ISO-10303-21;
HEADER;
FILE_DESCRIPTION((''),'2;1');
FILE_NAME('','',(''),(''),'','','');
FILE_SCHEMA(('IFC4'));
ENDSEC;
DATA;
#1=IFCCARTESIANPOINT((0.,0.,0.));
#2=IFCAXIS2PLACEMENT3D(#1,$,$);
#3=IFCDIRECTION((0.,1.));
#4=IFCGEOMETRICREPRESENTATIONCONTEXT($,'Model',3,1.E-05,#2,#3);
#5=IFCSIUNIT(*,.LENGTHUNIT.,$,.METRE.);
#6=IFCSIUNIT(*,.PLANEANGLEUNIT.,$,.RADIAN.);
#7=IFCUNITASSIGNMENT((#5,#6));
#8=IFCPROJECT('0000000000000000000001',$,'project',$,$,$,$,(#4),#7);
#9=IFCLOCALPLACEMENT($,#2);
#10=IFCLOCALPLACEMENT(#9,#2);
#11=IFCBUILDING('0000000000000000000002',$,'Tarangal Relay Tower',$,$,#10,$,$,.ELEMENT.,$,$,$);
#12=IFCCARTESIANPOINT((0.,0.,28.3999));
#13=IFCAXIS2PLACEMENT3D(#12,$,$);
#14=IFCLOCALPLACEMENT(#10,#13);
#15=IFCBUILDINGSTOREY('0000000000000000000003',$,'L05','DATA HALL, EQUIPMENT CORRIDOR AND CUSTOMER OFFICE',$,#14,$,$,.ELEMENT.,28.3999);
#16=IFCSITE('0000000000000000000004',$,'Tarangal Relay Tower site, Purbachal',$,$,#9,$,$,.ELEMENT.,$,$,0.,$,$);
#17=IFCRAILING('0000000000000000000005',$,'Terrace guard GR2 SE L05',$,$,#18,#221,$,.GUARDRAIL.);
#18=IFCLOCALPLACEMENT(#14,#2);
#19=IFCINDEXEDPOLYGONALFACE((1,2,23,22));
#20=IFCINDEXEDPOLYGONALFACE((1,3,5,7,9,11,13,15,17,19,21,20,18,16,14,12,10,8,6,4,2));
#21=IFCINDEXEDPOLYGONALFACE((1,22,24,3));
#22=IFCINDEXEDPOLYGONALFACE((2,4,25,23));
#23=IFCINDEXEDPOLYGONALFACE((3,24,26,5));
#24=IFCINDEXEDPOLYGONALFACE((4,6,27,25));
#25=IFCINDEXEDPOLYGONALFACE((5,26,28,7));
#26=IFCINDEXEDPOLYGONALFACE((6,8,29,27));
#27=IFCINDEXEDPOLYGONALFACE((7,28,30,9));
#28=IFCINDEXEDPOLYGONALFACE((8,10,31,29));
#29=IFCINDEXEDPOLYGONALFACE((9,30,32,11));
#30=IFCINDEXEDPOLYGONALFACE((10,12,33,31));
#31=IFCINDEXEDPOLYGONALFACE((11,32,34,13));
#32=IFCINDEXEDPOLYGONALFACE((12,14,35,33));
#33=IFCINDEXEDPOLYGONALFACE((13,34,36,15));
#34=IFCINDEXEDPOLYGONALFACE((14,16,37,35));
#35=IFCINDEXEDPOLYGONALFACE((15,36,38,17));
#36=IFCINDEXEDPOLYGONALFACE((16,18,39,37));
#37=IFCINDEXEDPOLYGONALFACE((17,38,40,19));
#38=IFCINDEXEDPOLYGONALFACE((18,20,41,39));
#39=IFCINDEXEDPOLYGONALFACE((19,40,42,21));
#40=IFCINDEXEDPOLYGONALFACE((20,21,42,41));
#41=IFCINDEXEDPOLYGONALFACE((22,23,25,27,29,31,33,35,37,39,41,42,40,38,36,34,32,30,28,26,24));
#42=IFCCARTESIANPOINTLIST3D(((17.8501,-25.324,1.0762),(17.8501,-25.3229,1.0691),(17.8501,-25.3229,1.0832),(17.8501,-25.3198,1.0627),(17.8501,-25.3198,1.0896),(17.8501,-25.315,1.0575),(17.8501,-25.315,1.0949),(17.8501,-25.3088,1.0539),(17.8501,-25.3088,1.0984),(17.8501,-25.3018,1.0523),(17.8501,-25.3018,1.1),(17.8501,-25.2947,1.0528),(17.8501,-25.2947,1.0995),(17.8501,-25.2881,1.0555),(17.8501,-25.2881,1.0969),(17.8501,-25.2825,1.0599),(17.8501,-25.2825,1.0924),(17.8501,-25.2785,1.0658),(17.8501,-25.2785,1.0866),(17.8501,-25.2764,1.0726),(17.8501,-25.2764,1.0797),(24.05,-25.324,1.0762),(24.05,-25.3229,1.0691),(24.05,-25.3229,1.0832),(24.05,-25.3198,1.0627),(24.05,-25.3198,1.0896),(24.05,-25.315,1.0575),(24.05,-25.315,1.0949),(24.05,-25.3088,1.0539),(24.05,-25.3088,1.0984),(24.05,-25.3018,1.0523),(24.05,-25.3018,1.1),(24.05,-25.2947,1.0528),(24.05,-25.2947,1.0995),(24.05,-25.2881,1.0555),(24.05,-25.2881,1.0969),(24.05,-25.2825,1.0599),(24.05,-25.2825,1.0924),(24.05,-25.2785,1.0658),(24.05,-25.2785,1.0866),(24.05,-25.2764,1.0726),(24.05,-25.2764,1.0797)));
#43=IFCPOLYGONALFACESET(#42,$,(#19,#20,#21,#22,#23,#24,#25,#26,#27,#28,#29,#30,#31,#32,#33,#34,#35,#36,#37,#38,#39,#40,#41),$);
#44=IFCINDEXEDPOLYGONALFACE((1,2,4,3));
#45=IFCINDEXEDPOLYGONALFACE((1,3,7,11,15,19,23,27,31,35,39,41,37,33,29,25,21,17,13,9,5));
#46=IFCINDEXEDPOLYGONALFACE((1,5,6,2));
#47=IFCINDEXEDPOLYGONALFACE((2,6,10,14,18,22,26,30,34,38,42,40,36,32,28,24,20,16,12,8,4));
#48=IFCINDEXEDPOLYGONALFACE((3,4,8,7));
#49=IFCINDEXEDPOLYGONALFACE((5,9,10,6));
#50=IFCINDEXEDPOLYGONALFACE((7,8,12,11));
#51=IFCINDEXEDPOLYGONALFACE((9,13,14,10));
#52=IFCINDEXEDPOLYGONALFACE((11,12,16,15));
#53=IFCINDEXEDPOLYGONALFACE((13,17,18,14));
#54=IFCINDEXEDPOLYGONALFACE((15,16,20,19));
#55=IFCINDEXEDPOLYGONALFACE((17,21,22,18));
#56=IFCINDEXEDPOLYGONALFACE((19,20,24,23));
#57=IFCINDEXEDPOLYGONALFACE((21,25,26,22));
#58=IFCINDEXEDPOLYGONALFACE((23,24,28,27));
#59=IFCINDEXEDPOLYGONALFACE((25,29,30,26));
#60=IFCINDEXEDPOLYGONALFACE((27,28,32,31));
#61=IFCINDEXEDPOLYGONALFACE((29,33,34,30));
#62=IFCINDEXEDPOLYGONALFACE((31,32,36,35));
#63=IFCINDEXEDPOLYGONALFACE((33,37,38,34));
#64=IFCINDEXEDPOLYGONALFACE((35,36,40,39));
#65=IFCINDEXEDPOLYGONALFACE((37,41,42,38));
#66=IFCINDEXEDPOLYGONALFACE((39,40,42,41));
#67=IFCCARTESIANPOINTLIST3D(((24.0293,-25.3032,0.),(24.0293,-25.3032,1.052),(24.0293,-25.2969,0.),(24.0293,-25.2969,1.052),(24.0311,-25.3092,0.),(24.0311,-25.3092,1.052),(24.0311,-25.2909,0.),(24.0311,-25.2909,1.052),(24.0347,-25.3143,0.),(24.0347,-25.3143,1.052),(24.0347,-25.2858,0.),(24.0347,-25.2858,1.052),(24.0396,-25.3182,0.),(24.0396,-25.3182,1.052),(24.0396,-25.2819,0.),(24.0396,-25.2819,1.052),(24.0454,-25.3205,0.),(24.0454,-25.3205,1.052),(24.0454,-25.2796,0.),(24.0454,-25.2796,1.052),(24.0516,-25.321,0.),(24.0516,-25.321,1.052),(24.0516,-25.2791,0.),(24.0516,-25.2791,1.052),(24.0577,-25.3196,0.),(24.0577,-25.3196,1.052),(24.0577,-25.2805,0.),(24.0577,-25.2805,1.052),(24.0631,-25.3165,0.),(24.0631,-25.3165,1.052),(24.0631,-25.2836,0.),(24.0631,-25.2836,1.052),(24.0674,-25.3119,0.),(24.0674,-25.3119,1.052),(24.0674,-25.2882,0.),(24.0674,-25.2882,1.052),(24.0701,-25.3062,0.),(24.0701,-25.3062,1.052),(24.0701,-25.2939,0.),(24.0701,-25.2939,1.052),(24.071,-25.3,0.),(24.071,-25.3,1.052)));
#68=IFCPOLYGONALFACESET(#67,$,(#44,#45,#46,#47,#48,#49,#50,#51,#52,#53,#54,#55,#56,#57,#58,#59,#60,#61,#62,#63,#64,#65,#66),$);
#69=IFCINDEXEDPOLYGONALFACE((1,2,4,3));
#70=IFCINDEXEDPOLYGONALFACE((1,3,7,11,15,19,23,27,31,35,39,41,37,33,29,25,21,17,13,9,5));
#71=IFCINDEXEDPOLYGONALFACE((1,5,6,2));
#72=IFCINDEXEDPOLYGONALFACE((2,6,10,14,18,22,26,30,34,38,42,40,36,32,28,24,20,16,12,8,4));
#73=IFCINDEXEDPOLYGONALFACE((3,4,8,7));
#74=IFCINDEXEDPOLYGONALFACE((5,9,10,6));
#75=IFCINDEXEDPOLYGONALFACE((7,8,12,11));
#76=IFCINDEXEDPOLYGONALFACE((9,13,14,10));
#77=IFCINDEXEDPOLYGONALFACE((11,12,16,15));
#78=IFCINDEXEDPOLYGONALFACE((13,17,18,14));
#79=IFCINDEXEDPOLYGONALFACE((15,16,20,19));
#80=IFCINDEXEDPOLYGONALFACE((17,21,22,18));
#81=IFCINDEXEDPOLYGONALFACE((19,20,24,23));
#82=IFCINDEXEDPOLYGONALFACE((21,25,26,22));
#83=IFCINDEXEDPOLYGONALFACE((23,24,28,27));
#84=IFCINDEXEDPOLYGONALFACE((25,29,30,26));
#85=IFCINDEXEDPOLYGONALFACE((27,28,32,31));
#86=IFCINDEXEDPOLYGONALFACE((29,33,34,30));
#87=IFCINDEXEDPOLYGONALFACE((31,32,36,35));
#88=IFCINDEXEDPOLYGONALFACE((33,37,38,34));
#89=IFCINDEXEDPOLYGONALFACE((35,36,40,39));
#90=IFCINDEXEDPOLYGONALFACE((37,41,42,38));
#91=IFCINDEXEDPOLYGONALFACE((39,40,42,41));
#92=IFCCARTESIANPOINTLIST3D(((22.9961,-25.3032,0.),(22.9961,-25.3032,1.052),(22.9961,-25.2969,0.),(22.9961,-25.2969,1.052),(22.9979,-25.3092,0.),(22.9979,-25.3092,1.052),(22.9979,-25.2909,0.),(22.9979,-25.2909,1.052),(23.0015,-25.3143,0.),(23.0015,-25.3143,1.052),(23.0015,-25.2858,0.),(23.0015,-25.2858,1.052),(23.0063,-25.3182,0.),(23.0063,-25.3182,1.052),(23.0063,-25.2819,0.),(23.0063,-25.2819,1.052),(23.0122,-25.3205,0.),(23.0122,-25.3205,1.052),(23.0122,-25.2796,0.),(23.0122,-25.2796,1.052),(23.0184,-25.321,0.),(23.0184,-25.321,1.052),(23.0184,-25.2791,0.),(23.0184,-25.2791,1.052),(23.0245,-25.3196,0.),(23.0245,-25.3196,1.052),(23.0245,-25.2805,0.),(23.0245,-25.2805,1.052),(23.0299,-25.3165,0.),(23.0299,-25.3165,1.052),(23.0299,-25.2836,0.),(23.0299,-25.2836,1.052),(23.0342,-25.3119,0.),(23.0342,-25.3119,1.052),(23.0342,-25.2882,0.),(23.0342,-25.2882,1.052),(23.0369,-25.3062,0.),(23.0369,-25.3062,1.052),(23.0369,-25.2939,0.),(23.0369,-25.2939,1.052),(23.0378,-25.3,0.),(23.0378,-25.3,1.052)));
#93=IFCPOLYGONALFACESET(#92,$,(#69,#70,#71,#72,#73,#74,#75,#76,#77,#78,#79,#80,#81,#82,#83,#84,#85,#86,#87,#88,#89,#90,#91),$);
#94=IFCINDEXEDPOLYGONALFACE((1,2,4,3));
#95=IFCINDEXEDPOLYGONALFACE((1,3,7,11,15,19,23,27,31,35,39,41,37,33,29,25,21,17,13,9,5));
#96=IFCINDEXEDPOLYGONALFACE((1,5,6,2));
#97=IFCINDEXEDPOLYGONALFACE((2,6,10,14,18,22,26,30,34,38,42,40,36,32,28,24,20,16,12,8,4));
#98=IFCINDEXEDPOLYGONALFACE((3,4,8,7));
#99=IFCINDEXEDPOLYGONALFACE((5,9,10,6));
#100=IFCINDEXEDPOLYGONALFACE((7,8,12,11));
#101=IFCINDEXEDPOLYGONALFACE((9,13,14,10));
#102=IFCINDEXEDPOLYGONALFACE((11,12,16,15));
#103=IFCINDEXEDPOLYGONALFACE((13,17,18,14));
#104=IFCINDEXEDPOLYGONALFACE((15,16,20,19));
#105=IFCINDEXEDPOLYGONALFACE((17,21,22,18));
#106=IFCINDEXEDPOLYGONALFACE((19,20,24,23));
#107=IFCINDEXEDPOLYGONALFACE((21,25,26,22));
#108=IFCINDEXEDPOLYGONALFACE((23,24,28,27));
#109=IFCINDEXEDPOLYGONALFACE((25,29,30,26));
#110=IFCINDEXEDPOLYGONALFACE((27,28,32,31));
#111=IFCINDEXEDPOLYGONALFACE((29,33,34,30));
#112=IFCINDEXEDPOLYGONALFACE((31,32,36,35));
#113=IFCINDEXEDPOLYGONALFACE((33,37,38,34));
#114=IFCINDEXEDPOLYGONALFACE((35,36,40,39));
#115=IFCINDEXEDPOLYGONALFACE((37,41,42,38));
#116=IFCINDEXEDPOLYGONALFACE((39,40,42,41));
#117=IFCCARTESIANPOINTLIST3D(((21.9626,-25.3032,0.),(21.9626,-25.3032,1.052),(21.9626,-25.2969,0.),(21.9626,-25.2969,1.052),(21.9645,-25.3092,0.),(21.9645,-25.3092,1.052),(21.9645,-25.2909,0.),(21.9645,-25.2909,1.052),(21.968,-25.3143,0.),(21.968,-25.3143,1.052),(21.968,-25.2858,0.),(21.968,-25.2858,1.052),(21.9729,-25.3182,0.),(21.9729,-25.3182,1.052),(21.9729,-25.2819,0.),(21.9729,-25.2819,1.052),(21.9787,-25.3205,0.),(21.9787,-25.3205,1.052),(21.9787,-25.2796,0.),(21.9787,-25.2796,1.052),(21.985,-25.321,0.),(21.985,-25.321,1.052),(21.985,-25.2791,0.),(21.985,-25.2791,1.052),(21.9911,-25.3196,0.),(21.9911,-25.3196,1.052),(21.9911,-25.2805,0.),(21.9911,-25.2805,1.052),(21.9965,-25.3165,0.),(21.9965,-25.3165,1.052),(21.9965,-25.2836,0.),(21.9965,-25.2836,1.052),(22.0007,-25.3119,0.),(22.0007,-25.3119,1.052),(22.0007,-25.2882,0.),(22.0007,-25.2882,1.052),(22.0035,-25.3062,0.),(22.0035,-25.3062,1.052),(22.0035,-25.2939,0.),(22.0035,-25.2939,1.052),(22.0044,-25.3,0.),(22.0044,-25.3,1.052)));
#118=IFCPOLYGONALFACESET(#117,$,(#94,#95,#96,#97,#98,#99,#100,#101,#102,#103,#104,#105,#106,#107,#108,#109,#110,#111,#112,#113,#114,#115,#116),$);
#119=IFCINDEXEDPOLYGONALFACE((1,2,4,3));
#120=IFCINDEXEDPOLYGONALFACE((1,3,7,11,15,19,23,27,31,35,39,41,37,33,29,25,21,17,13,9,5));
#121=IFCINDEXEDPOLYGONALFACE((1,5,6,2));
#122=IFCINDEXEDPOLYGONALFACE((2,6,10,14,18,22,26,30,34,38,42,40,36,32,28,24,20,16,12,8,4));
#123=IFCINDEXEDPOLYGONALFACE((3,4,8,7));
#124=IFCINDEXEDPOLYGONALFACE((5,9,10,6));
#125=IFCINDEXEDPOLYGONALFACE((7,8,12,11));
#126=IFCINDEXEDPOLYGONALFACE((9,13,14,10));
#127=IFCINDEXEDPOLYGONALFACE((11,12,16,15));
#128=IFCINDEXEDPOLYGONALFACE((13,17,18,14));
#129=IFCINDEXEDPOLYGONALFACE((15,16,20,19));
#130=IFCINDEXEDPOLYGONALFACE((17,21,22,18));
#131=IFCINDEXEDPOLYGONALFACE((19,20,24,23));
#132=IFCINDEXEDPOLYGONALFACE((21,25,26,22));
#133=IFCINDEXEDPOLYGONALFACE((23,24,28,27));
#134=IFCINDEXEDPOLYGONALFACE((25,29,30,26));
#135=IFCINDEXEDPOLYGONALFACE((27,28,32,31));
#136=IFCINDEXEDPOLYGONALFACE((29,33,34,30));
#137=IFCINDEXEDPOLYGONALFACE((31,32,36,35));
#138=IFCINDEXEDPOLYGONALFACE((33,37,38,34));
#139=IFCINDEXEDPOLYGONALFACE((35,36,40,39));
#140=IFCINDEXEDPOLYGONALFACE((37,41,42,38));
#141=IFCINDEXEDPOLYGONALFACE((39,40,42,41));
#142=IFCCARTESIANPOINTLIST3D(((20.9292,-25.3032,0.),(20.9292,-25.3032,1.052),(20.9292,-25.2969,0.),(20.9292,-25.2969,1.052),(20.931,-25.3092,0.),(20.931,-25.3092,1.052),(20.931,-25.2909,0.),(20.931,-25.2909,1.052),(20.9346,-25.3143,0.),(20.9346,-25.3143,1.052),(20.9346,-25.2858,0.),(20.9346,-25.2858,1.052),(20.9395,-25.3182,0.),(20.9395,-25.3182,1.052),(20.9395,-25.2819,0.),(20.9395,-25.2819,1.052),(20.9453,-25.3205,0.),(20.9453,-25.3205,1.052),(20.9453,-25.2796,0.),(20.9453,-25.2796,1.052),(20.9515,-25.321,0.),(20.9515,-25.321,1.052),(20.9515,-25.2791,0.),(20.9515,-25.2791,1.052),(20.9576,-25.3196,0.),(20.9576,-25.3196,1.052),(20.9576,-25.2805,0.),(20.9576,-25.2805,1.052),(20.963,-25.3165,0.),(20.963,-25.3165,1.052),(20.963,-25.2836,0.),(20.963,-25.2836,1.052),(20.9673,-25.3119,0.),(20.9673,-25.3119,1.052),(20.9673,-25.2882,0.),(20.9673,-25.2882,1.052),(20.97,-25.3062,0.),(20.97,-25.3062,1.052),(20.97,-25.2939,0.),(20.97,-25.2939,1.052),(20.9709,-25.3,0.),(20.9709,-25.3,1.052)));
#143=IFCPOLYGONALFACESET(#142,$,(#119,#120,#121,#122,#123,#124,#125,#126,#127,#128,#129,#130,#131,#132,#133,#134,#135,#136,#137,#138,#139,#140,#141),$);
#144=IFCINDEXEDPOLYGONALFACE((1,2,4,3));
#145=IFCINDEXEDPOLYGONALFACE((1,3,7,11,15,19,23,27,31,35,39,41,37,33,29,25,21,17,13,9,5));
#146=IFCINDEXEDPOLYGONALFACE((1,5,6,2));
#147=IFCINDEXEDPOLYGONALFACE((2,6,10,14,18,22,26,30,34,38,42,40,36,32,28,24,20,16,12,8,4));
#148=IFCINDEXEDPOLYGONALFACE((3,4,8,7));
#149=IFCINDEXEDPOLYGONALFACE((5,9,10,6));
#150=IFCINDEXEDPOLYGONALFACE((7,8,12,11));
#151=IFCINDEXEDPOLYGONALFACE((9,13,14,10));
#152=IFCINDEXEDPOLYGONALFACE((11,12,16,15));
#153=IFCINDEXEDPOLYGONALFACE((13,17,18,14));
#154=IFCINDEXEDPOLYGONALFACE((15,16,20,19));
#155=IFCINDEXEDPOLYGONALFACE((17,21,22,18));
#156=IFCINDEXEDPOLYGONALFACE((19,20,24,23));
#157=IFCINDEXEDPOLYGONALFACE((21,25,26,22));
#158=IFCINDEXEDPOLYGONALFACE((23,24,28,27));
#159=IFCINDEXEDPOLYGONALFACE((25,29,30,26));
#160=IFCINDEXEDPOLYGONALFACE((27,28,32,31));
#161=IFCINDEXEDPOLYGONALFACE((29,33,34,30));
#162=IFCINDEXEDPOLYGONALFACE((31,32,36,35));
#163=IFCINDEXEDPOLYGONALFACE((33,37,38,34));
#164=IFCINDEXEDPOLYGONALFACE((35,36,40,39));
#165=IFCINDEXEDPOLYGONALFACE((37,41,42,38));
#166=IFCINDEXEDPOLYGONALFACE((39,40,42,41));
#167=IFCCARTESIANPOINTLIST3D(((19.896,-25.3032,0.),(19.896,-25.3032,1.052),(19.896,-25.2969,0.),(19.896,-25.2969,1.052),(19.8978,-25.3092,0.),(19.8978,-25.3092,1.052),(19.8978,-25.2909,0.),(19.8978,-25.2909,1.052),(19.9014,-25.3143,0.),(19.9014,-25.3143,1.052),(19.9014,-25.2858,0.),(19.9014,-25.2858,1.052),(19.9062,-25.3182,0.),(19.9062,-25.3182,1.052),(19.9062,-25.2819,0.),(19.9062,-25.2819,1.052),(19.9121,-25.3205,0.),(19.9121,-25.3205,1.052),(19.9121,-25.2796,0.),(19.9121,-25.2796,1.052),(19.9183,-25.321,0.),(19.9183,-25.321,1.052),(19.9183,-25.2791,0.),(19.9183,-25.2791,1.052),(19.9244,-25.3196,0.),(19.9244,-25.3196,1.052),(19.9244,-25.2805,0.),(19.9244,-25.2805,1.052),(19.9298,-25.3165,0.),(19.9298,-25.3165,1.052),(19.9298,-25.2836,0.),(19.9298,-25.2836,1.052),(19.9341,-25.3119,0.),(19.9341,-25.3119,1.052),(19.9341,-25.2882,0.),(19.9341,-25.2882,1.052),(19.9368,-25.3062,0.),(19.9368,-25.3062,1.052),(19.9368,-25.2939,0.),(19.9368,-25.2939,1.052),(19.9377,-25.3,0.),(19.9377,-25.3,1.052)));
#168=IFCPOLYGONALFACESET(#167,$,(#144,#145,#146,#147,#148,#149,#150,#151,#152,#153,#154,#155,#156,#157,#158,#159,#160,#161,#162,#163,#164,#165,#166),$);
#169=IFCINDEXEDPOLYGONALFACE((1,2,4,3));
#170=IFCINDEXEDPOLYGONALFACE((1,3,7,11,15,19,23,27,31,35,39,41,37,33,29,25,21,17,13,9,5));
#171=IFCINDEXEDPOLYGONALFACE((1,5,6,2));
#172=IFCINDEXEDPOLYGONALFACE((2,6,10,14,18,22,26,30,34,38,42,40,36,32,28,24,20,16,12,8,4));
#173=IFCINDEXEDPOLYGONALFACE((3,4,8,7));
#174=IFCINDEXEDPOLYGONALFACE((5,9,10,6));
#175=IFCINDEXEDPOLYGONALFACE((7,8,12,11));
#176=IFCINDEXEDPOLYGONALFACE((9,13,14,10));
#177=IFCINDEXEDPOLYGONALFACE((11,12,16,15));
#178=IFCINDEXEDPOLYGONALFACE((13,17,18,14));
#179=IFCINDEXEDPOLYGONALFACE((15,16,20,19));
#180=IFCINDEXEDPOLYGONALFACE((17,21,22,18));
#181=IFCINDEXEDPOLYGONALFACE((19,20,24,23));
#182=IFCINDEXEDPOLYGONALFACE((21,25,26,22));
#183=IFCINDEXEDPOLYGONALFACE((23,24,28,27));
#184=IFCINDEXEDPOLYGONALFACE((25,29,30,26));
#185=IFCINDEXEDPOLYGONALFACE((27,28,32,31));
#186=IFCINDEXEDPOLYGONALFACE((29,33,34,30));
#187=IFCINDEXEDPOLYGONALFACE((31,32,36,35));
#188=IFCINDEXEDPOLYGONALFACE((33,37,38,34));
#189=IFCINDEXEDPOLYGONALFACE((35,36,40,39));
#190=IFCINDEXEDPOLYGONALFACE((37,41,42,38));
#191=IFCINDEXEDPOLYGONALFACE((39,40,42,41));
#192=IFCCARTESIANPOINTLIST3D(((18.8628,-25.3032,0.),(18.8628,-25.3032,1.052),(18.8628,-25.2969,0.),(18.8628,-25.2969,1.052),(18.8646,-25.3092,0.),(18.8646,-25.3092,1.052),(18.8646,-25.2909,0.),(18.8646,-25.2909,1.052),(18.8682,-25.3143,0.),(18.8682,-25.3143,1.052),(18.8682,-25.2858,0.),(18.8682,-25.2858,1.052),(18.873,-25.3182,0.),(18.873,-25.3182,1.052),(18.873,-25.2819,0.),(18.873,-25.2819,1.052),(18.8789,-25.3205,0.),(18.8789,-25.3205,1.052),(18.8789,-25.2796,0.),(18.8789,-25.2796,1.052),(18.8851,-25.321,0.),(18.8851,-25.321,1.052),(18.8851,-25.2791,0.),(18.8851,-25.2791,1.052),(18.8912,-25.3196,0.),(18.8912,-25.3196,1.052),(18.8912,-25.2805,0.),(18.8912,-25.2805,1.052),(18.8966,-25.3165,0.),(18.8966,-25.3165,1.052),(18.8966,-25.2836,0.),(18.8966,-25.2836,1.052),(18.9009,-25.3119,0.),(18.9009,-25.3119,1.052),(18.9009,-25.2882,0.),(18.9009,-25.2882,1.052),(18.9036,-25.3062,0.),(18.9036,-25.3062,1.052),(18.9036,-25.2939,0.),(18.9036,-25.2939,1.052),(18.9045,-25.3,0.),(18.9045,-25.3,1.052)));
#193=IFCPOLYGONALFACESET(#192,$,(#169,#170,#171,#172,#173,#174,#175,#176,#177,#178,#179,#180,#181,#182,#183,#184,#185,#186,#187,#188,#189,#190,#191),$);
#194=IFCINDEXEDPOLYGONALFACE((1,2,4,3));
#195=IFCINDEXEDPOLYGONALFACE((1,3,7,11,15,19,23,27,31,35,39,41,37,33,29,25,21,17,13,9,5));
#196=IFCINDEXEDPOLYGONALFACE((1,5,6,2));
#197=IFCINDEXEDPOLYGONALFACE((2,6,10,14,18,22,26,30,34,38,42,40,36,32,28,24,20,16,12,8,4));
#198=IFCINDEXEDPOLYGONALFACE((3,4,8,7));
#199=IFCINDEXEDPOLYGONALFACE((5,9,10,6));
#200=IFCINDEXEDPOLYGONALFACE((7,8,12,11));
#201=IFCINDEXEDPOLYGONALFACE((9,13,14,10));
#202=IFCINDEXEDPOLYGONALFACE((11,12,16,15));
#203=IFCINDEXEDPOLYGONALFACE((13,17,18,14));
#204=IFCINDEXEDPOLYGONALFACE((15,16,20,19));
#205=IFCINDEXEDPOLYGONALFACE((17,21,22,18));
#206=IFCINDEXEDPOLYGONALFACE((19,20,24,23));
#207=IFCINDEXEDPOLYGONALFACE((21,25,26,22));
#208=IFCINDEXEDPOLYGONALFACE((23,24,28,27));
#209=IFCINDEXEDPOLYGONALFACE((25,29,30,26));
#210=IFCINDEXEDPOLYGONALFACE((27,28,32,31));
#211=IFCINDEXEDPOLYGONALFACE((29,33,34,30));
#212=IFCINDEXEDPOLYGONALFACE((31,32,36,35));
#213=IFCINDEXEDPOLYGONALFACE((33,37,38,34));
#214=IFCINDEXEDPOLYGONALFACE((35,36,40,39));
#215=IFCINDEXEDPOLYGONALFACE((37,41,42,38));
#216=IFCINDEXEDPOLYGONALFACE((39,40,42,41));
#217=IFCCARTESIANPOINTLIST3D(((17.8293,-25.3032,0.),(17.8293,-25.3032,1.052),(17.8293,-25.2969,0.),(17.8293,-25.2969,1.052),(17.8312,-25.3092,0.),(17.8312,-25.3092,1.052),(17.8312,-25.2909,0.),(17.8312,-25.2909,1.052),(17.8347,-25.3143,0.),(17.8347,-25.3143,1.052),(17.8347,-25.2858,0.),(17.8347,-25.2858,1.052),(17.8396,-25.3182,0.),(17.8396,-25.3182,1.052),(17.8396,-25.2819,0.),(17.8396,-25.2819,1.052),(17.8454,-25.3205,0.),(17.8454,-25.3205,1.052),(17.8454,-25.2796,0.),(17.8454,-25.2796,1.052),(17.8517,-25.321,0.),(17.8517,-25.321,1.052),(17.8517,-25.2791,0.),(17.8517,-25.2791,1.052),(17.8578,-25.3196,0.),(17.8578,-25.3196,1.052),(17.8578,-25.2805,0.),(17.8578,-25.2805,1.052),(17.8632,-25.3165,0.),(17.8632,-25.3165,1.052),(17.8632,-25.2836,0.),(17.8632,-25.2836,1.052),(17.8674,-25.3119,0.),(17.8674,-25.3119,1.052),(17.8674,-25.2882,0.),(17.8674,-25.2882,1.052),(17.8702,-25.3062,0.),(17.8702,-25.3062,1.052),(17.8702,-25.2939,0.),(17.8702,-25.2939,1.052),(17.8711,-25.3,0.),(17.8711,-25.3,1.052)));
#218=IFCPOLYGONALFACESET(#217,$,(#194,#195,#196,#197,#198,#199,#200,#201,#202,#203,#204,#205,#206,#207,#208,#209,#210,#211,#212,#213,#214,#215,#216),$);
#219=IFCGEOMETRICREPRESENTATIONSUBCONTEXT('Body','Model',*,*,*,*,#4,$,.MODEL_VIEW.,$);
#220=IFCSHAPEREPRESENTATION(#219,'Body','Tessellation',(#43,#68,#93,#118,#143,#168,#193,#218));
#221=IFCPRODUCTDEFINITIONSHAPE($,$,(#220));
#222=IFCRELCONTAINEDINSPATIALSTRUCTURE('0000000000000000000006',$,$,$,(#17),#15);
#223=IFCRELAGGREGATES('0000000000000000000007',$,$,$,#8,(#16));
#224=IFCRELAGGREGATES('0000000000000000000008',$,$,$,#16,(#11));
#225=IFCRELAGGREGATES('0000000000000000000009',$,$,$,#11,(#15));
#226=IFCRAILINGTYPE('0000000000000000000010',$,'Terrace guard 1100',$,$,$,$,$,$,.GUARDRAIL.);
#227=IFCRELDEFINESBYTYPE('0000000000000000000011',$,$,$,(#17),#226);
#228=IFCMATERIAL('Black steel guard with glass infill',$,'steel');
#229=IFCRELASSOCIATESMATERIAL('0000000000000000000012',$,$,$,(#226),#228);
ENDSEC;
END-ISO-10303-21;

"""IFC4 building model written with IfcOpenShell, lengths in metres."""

from ifc_helpers import new_model, si_unit, direction, frame, origin, origin_2d, place, context, subcontext, project, spatial, circle, extrude, material, type_object, element, save


model = new_model("IFC4")

# Units and contexts
model_context = context("Model", 3, precision=1e-05, world=origin(), true_north=direction((0.0, 1.0)))
body_context = subcontext(model_context, "Body", "Model", "MODEL_VIEW")
ifc_project = project(units=[si_unit("LENGTHUNIT", "METRE"), si_unit("PLANEANGLEUNIT", "RADIAN")], contexts=[model_context])

# Site, building, storey
site_placement = place(None, origin())
site = spatial("IfcSite", under=ifc_project, at=site_placement, Name="Tarangal Relay Tower site, Purbachal", CompositionType="ELEMENT", RefElevation=0.0)
building_placement = place(site_placement, origin())
building = spatial("IfcBuilding", under=site, at=building_placement, Name="Tarangal Relay Tower", CompositionType="ELEMENT")
storey_placement = place(building_placement, frame((0.0, 0.0, 28.3999)))
storey = spatial("IfcBuildingStorey", under=building, at=storey_placement, Name="L05", Description="DATA HALL, EQUIPMENT CORRIDOR AND CUSTOMER OFFICE", CompositionType="ELEMENT", Elevation=28.3999)

# Railing
ifc_material_1 = material(Name="Black steel guard with glass infill", Category="steel")
railing_type = type_object("IfcRailingType", Name="Terrace guard 1100", PredefinedType="GUARDRAIL", material=ifc_material_1)
railing_1_placement = place(storey_placement, frame((24.05, -25.3, 0.0)))
element("IfcRailing", 1, at=railing_1_placement, inside=storey, type_object=railing_type, Name="Terrace guard GR2 SE L05", PredefinedType="GUARDRAIL", context=body_context, shape_type="SweptSolid", body=[
    extrude(circle(Radius=0.0239, at=origin_2d()), frame((0.0, 0.0, 1.0762), z_axis=(-1.0, 0.0, 0.0), x_axis=(0.0, -1.0, 0.0)), (0.0, 0.0, 1.0), 6.2),
    extrude(circle(Radius=0.021, at=origin_2d()), origin(), (0.0, 0.0, 1.0), 1.052),
    extrude(circle(Radius=0.021, at=origin_2d()), frame((-1.0332, 0.0, 0.0)), (0.0, 0.0, 1.0), 1.052),
    extrude(circle(Radius=0.021, at=origin_2d()), frame((-2.0667, 0.0, 0.0)), (0.0, 0.0, 1.0), 1.052),
    extrude(circle(Radius=0.021, at=origin_2d()), frame((-3.1001, 0.0, 0.0)), (0.0, 0.0, 1.0), 1.052),
    extrude(circle(Radius=0.021, at=origin_2d()), frame((-4.1333, 0.0, 0.0)), (0.0, 0.0, 1.0), 1.052),
    extrude(circle(Radius=0.021, at=origin_2d()), frame((-5.1665, 0.0, 0.0)), (0.0, 0.0, 1.0), 1.052),
    extrude(circle(Radius=0.021, at=origin_2d()), frame((-6.2, 0.0, 0.0)), (0.0, 0.0, 1.0), 1.052),
])

save(model, "model.ifc")
